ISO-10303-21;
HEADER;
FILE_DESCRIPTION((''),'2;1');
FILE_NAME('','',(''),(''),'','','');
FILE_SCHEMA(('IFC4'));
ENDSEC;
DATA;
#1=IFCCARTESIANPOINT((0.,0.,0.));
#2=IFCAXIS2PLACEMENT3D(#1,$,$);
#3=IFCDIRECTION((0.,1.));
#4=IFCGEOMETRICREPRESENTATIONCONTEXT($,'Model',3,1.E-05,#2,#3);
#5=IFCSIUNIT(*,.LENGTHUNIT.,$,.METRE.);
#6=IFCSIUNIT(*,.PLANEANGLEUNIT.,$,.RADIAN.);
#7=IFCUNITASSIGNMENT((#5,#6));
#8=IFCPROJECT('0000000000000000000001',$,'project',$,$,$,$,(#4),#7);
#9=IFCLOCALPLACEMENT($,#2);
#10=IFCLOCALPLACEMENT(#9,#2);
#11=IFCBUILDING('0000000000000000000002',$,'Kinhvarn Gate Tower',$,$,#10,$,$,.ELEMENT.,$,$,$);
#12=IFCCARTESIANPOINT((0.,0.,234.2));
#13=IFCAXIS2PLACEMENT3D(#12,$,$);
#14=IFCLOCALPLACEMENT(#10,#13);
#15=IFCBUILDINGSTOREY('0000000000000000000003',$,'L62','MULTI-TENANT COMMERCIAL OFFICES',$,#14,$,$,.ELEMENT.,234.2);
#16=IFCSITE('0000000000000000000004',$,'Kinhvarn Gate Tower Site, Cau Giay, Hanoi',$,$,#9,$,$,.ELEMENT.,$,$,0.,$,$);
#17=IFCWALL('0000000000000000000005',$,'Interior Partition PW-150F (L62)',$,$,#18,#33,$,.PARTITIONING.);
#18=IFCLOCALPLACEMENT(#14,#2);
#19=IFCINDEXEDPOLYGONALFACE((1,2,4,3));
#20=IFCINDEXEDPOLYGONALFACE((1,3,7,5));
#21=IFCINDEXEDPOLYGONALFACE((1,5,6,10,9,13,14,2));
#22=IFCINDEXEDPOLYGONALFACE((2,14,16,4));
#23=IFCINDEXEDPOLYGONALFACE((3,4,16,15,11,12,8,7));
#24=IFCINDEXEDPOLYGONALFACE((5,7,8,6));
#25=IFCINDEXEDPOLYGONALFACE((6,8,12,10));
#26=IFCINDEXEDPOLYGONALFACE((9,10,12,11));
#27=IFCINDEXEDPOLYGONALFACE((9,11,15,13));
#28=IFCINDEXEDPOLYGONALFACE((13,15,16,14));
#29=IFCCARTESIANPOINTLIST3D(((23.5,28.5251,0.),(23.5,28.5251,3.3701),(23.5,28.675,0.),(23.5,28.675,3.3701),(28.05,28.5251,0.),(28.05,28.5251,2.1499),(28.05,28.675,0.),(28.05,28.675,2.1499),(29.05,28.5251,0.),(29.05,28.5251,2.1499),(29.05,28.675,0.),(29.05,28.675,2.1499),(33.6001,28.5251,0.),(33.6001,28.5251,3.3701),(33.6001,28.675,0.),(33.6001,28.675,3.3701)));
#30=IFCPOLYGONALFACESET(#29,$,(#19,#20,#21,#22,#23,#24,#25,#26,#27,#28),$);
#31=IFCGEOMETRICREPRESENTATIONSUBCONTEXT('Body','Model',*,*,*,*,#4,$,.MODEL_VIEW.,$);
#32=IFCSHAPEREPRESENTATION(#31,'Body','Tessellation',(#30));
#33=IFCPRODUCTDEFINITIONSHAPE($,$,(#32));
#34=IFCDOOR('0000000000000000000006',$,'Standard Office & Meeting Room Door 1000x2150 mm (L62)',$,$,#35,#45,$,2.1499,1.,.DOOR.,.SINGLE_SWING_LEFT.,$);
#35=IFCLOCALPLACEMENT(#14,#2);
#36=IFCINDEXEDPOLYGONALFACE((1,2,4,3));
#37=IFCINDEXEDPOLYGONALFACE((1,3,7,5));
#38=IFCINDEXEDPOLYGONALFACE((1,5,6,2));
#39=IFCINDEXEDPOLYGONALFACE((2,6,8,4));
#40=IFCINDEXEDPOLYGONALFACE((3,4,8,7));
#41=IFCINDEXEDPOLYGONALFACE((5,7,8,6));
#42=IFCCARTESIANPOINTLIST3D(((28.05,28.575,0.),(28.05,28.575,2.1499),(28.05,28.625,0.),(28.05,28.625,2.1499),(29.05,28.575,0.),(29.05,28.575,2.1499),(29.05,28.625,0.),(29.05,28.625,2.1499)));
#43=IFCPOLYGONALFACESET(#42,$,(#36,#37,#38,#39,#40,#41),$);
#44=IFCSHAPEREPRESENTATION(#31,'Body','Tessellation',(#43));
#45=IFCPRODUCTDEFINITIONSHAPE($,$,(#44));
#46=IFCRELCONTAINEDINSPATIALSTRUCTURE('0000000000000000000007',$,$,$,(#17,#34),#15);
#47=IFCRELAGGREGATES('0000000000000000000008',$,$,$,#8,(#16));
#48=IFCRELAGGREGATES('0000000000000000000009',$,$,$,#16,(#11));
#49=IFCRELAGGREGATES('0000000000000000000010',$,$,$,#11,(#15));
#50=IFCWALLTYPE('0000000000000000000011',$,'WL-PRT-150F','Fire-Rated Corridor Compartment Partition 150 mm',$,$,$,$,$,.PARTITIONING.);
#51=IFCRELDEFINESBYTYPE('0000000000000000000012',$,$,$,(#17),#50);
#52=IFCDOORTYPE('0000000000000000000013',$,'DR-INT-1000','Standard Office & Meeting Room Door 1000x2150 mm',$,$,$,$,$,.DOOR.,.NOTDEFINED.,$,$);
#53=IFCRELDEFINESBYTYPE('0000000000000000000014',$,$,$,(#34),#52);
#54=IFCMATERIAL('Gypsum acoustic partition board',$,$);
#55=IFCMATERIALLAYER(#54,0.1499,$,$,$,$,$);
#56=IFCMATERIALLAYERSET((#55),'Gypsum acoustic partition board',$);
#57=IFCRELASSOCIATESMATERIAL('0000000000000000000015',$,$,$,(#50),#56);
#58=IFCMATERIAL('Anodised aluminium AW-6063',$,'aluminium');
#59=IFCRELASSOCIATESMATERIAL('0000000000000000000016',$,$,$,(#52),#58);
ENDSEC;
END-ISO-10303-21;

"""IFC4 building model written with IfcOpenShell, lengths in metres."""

from ifc_helpers import new_model, si_unit, direction, frame, frame_2d, origin, place, context, subcontext, project, spatial, rectangle, extrude, material, layer, layer_set, type_object, element, fill, save


model = new_model("IFC4")

# Units and contexts
model_context = context("Model", 3, precision=1e-05, world=origin(), true_north=direction((0.0, 1.0)))
body_context = subcontext(model_context, "Body", "Model", "MODEL_VIEW")
ifc_project = project(units=[si_unit("LENGTHUNIT", "METRE"), si_unit("PLANEANGLEUNIT", "RADIAN")], contexts=[model_context])

# Site, building, storey
site_placement = place(None, origin())
site = spatial("IfcSite", under=ifc_project, at=site_placement, Name="Kinhvarn Gate Tower Site, Cau Giay, Hanoi", CompositionType="ELEMENT", RefElevation=0.0)
building_placement = place(site_placement, origin())
building = spatial("IfcBuilding", under=site, at=building_placement, Name="Kinhvarn Gate Tower", CompositionType="ELEMENT")
storey_placement = place(building_placement, frame((0.0, 0.0, 234.2)))
storey = spatial("IfcBuildingStorey", under=building, at=storey_placement, Name="L62", Description="MULTI-TENANT COMMERCIAL OFFICES", CompositionType="ELEMENT", Elevation=234.2)

# Shared definitions
ifc_material_1 = material(Name="Gypsum acoustic partition board")
ifc_layer_1 = layer(ifc_material_1, 0.1499)
ifc_layer_set_1 = layer_set([ifc_layer_1], Name="Gypsum acoustic partition board")
wall_type_1 = type_object("IfcWallType", Name="WL-PRT-150F", Description="Fire-Rated Corridor Compartment Partition 150 mm", PredefinedType="PARTITIONING", material=ifc_layer_set_1)

# Wall, opening, door
wall_1_placement = place(storey_placement, frame((23.5, 28.6001, 0.0), z_axis=(0.0, 0.0, 1.0), x_axis=(1.0, 0.0, 0.0)))
wall_1 = element("IfcWall", 1, at=wall_1_placement, inside=storey, type_object=wall_type_1, Name="Interior Partition PW-150F (L62)", PredefinedType="PARTITIONING", context=body_context, shape_type="SweptSolid", body=[
    extrude(rectangle(XDim=10.1001, YDim=0.1499, at=frame_2d((5.05, 0.0))), origin(), (0.0, 0.0, 1.0), 3.3701),
])
opening_1_placement = place(wall_1_placement, frame((4.55, 0.0, 0.0)))
opening_1 = element("IfcOpeningElement", 2, at=opening_1_placement, cuts=wall_1, PredefinedType="OPENING", context=body_context, shape_type="SweptSolid", body=[
    extrude(rectangle(XDim=1.0, YDim=2.1499, at=frame_2d((0.5, 1.075))), frame((0.0, 0.085, 0.0), z_axis=(0.0, -1.0, 0.0), x_axis=(1.0, 0.0, 0.0)), (0.0, 0.0, 1.0), 0.1699),
])
ifc_material_2 = material(Name="Anodised aluminium AW-6063", Category="aluminium")
door_type = type_object("IfcDoorType", Name="DR-INT-1000", Description="Standard Office & Meeting Room Door 1000x2150 mm", OperationType="NOTDEFINED", PredefinedType="DOOR", material=ifc_material_2)
door_1_placement = place(opening_1_placement, origin())
door_1 = element("IfcDoor", 3, at=door_1_placement, inside=storey, type_object=door_type, Name="Standard Office & Meeting Room Door 1000x2150 mm (L62)", OperationType="SINGLE_SWING_LEFT", OverallHeight=2.1499, OverallWidth=1.0, PredefinedType="DOOR", context=body_context, shape_type="SweptSolid", body=[
    extrude(rectangle(XDim=1.0, YDim=2.1499, at=frame_2d((0.5, 1.075))), frame((0.0, 0.0249, 0.0), z_axis=(0.0, -1.0, 0.0), x_axis=(1.0, 0.0, 0.0)), (0.0, 0.0, 1.0), 0.05),
])
fill(opening_1, door_1)

save(model, "model.ifc")
